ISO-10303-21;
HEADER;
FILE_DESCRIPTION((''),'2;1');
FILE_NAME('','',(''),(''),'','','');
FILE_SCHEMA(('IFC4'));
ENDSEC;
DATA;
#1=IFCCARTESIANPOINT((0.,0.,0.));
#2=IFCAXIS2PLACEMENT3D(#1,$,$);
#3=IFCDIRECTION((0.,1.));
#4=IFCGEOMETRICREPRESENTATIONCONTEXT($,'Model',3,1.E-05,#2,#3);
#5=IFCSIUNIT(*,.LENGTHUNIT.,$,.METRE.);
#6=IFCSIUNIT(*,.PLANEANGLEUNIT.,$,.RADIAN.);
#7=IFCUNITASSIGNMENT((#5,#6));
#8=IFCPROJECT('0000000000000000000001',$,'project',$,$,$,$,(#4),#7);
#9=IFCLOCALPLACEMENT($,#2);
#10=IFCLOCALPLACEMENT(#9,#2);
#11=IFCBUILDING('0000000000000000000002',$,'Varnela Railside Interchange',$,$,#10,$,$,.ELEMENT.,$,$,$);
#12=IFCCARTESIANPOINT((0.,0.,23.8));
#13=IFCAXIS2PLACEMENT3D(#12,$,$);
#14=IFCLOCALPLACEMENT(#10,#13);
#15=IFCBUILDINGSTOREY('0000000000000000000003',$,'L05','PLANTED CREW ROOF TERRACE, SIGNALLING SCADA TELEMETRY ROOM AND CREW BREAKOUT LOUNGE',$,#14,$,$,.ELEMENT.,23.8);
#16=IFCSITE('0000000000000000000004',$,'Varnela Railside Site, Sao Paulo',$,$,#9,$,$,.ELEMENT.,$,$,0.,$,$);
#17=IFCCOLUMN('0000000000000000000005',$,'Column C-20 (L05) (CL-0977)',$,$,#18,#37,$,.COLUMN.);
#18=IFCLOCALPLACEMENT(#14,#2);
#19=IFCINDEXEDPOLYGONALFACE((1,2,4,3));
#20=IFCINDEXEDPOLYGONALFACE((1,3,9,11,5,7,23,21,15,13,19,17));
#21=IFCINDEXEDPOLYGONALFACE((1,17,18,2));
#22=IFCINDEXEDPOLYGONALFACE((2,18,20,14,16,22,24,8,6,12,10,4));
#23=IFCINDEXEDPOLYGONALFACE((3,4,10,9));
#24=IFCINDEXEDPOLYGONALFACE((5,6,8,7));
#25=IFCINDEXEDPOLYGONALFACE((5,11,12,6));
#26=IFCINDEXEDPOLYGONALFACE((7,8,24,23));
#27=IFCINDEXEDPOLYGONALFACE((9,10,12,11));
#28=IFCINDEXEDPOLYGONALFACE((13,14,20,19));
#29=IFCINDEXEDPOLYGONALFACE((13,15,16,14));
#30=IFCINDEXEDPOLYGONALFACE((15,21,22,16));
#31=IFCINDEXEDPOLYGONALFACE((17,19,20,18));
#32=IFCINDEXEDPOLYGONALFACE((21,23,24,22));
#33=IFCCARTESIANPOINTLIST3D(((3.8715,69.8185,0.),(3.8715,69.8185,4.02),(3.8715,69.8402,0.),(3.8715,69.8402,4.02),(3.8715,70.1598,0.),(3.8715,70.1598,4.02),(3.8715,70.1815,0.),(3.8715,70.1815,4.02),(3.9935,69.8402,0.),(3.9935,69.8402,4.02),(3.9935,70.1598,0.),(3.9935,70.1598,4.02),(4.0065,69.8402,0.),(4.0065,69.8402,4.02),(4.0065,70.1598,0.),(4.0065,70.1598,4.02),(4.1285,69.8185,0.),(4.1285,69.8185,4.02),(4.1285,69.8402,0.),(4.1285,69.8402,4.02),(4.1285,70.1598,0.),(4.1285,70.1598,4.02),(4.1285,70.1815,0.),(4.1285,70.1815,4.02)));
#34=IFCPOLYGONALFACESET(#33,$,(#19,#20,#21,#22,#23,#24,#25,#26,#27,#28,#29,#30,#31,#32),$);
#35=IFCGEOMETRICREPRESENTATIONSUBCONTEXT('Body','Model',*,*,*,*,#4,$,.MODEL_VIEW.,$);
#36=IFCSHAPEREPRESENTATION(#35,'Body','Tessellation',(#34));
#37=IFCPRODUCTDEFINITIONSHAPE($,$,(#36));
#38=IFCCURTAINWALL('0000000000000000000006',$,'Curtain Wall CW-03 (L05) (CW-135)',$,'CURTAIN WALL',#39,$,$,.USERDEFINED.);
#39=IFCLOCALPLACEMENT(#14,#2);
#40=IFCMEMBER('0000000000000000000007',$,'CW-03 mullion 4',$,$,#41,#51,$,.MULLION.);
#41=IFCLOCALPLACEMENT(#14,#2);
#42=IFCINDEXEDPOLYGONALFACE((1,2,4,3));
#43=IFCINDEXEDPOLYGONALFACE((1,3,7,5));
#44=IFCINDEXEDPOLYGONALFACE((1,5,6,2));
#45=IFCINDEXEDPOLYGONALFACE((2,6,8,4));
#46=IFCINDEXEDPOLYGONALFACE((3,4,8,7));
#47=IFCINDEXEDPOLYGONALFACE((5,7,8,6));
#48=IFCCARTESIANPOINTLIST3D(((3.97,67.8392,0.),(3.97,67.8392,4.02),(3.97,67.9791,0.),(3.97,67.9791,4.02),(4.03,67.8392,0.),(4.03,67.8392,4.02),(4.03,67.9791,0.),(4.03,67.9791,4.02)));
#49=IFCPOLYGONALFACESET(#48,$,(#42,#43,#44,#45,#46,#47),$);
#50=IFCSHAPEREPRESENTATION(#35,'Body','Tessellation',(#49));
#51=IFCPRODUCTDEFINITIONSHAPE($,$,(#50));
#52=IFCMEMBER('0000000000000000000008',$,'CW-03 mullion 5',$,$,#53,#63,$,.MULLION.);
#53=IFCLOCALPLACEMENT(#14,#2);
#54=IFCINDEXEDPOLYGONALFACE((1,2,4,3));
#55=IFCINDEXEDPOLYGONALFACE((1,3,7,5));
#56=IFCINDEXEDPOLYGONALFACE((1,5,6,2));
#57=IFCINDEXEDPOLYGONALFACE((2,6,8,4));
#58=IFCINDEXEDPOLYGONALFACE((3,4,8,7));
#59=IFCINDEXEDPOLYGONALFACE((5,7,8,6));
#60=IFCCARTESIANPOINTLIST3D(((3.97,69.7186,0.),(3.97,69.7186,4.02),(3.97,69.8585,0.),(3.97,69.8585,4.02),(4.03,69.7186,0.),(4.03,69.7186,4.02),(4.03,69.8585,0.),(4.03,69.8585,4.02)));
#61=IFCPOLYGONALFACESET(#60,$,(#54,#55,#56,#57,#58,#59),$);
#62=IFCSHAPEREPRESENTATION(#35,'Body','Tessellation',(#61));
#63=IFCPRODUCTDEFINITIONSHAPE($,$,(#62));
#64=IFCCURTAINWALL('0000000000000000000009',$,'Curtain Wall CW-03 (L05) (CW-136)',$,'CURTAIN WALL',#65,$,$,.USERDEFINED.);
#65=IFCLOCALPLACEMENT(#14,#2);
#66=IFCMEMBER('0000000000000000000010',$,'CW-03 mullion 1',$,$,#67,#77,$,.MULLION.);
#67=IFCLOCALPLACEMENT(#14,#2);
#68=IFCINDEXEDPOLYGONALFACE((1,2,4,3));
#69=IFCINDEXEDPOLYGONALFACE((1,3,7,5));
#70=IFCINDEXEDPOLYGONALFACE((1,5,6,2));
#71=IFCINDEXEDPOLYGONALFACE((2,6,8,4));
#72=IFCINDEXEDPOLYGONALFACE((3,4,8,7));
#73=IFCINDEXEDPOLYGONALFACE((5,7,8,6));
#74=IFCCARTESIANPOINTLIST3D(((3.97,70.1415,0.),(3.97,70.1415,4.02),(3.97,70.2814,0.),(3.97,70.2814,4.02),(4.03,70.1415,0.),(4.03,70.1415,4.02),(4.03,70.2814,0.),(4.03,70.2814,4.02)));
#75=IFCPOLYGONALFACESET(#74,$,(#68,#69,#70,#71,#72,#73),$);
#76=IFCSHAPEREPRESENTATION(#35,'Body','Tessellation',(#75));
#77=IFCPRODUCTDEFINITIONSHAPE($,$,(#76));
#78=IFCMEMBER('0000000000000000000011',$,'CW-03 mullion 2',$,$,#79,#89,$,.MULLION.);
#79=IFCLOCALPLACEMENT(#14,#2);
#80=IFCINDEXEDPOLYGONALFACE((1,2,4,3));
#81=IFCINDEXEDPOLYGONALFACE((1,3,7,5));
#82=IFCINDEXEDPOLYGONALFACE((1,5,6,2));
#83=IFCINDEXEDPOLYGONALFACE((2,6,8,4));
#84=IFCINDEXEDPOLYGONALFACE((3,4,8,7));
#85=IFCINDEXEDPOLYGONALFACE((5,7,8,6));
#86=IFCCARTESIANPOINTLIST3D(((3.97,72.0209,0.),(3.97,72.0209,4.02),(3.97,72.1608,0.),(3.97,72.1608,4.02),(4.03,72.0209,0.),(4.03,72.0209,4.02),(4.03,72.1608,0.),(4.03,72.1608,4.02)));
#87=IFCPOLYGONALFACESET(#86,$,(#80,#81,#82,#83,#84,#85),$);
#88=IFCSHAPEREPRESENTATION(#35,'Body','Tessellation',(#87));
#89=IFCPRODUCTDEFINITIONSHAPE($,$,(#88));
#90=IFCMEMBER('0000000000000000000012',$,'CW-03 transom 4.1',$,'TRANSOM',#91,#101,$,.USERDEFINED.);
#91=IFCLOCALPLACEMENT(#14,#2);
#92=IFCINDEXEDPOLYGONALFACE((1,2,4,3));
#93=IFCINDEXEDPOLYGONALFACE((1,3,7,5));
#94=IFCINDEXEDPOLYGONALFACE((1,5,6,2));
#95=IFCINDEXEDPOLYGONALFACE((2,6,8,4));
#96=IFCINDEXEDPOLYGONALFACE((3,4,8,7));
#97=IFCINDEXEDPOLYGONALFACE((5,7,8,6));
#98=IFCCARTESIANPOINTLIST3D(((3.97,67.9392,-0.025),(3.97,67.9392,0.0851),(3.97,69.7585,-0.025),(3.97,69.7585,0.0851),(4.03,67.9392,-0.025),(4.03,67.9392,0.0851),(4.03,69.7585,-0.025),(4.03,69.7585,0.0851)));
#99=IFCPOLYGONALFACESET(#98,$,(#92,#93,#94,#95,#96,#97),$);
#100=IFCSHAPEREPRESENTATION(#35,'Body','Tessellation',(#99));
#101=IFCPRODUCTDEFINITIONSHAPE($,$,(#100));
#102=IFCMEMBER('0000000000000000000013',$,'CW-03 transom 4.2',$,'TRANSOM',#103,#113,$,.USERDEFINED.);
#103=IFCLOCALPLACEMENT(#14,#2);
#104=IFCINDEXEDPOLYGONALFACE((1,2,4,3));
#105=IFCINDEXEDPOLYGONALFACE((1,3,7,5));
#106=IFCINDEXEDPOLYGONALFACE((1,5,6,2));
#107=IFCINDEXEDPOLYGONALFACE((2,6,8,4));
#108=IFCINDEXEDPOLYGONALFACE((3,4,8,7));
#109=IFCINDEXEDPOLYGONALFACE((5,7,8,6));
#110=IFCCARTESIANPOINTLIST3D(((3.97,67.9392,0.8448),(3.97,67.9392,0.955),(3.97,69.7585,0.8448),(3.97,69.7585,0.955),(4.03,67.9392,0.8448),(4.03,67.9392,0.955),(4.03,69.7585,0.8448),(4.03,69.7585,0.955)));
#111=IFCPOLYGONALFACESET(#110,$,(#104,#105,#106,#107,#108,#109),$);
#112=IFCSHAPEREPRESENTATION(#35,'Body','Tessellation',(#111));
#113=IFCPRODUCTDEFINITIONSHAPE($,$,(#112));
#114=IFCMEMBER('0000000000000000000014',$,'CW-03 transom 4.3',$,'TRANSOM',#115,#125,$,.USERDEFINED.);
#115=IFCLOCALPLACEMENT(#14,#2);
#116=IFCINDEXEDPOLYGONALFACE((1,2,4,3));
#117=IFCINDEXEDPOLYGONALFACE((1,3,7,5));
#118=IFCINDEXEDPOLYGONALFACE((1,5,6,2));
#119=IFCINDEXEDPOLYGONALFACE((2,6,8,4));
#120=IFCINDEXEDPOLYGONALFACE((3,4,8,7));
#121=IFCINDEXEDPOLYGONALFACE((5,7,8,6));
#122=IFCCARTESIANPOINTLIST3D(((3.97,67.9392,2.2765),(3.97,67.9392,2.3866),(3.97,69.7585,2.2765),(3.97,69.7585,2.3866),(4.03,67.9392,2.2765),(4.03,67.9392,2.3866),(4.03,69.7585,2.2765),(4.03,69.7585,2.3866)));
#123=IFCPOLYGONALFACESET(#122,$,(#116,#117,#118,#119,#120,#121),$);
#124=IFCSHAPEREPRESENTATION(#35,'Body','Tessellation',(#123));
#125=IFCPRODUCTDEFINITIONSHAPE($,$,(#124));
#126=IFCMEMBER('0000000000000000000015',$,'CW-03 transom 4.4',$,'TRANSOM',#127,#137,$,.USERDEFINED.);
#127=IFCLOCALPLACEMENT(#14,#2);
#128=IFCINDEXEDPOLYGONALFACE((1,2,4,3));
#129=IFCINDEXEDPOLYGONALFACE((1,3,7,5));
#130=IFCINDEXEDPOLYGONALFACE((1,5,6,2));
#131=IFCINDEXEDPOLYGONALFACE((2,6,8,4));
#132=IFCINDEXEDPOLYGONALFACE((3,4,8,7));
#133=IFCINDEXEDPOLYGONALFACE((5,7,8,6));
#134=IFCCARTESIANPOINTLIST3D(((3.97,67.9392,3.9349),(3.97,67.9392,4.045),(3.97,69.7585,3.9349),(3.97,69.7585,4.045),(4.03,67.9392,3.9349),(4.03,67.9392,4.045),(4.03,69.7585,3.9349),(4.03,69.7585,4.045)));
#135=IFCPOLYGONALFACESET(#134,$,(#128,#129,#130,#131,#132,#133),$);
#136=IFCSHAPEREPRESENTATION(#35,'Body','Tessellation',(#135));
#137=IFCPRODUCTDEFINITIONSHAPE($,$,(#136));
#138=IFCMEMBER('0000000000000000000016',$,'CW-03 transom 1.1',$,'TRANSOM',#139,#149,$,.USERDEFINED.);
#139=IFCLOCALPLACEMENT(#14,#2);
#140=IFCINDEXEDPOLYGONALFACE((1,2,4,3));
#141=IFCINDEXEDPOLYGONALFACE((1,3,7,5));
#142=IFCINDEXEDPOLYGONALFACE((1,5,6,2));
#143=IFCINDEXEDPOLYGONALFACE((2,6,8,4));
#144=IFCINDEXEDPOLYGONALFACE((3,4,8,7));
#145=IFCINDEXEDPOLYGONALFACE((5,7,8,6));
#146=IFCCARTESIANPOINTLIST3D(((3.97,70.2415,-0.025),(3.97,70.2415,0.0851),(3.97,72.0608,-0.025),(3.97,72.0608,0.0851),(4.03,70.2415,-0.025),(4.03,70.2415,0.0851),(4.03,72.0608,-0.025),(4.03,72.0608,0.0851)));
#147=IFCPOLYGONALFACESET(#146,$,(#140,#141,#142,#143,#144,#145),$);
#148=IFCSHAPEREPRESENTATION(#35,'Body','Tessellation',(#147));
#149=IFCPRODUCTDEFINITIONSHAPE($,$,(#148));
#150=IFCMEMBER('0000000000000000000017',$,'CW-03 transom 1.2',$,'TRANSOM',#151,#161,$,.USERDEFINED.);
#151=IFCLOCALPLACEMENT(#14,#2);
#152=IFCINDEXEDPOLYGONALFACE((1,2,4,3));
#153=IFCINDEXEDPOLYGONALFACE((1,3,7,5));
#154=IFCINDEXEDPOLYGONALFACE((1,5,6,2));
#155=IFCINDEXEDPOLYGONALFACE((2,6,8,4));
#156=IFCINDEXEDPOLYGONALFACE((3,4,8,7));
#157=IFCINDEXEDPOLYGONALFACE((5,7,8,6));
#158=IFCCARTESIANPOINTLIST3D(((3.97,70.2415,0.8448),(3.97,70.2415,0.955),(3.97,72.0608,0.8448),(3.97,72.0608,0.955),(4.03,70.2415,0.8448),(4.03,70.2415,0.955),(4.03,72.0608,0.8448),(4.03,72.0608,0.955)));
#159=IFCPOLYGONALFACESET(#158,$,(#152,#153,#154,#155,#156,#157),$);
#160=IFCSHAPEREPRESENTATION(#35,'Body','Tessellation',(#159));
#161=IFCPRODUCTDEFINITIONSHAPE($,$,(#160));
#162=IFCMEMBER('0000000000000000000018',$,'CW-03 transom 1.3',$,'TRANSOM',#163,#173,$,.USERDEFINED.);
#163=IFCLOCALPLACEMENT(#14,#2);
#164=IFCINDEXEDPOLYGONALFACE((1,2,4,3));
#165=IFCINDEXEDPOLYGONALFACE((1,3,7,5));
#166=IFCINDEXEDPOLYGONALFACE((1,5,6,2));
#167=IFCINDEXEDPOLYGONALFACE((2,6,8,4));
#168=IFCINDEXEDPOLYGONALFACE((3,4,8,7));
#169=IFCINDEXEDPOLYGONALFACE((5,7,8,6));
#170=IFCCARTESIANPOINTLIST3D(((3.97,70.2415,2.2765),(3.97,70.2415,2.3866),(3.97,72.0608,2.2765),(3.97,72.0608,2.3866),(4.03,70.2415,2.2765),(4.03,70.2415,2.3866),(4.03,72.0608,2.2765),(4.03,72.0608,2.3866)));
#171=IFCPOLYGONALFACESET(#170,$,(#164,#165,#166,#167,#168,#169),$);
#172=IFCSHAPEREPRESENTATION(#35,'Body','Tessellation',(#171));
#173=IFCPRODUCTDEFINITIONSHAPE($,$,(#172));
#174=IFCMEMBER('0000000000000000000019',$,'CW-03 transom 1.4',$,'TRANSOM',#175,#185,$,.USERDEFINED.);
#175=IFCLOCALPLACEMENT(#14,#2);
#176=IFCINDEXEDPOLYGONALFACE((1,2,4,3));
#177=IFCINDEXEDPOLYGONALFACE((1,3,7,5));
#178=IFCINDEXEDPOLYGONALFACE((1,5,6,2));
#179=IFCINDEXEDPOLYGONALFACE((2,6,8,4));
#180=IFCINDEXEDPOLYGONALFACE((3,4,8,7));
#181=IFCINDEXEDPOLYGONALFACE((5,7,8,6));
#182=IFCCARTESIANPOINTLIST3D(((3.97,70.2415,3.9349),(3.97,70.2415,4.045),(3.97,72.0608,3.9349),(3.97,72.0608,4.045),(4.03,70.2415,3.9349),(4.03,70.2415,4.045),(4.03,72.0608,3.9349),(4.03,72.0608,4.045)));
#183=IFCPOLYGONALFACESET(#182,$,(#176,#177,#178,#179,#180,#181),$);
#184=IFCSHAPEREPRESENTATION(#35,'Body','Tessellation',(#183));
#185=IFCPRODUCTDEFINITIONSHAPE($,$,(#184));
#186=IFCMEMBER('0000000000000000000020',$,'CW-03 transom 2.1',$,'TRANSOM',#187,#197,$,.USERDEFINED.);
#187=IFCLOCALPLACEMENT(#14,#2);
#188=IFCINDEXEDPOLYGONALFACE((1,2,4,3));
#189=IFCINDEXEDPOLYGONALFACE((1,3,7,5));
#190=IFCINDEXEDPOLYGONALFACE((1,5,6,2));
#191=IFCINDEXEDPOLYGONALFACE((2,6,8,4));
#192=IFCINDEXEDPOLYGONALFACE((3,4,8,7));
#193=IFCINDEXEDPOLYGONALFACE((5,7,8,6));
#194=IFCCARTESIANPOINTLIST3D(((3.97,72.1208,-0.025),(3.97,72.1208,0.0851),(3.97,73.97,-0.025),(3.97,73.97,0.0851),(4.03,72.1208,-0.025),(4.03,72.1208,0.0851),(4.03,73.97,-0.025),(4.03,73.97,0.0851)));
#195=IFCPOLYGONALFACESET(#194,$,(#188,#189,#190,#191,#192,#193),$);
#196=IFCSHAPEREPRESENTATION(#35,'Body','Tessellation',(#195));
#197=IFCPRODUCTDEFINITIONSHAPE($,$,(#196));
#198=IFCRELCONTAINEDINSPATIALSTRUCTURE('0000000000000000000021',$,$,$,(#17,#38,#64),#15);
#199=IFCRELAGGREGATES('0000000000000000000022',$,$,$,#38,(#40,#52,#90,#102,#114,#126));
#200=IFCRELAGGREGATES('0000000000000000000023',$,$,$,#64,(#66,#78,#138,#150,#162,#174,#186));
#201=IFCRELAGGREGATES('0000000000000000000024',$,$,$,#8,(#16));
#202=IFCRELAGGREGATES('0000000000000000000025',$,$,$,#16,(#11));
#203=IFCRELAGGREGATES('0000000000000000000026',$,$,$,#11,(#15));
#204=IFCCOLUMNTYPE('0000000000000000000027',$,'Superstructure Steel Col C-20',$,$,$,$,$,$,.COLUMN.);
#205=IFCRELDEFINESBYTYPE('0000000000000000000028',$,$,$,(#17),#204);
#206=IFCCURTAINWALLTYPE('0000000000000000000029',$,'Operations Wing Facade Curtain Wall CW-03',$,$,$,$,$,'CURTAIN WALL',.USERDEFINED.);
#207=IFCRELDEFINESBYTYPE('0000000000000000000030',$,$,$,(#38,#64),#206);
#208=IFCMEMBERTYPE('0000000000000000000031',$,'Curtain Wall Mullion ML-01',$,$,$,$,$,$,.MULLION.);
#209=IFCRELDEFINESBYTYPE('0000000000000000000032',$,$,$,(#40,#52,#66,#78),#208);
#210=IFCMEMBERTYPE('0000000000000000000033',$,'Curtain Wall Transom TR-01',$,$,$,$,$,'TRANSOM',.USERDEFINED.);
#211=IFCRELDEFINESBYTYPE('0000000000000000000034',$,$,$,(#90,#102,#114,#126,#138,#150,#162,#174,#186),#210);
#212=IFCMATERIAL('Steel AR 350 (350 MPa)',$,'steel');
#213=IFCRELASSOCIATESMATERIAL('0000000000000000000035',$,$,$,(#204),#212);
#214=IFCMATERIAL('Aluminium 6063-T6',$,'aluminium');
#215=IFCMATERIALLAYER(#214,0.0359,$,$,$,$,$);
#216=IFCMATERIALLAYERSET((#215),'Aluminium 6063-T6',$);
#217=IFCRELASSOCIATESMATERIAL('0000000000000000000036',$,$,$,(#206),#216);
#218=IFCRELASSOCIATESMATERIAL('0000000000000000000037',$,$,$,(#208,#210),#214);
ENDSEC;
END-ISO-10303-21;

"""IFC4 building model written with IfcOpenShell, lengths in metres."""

from ifc_helpers import new_model, si_unit, direction, frame, origin, origin_2d, place, context, subcontext, project, spatial, rectangle, i_section, extrude, material, layer, layer_set, material_profile, profile_set, type_object, element, aggregate, save


model = new_model("IFC4")

# Units and contexts
model_context = context("Model", 3, precision=1e-05, world=origin(), true_north=direction((0.0, 1.0)))
body_context = subcontext(model_context, "Body", "Model", "MODEL_VIEW")
ifc_project = project(units=[si_unit("LENGTHUNIT", "METRE"), si_unit("PLANEANGLEUNIT", "RADIAN")], contexts=[model_context])

# Site, building, storey
site_placement = place(None, origin())
site = spatial("IfcSite", under=ifc_project, at=site_placement, Name="Varnela Railside Site, Sao Paulo", CompositionType="ELEMENT", RefElevation=0.0)
building_placement = place(site_placement, origin())
building = spatial("IfcBuilding", under=site, at=building_placement, Name="Varnela Railside Interchange", CompositionType="ELEMENT")
storey_placement = place(building_placement, frame((0.0, 0.0, 23.8)))
storey = spatial("IfcBuildingStorey", under=building, at=storey_placement, Name="L05", Description="PLANTED CREW ROOF TERRACE, SIGNALLING SCADA TELEMETRY ROOM AND CREW BREAKOUT LOUNGE", CompositionType="ELEMENT", Elevation=23.8)

# Column
ifc_material_1 = material(Name="Steel AR 350 (350 MPa)", Category="steel")
ifc_material_profile_1 = material_profile(ifc_material_1, i_section(OverallWidth=0.2571, OverallDepth=0.363, WebThickness=0.0129, FlangeThickness=0.0217, at=origin_2d()), Name="W360x122")
ifc_profile_set_1 = profile_set([ifc_material_profile_1], Name="Steel AR 350 (350 MPa)")
column_type = type_object("IfcColumnType", Name="Superstructure Steel Col C-20", PredefinedType="COLUMN", material=ifc_profile_set_1)
column_placement = place(storey_placement, frame((4.0, 70.0, 0.0), z_axis=(0.0, 0.0, 1.0), x_axis=(1.0, 0.0, 0.0)))
element("IfcColumn", 1, at=column_placement, inside=storey, type_object=column_type, Name="Column C-20 (L05) (CL-0977)", PredefinedType="COLUMN", context=body_context, shape_type="SweptSolid", body=[
    extrude(i_section(OverallWidth=0.2571, OverallDepth=0.363, WebThickness=0.0129, FlangeThickness=0.0217, at=origin_2d()), origin(), (0.0, 0.0, 1.0), 4.02),
])

# Curtain walls, members
ifc_material_2 = material(Name="Aluminium 6063-T6", Category="aluminium")
ifc_layer_1 = layer(ifc_material_2, 0.0359)
ifc_layer_set_1 = layer_set([ifc_layer_1], Name="Aluminium 6063-T6")
curtain_wall_type = type_object("IfcCurtainWallType", Name="Operations Wing Facade Curtain Wall CW-03", ElementType="CURTAIN WALL", PredefinedType="USERDEFINED", material=ifc_layer_set_1)
curtain_wall_1_placement = place(storey_placement, origin())
curtain_wall_1 = element("IfcCurtainWall", 2, at=curtain_wall_1_placement, inside=storey, type_object=curtain_wall_type, Name="Curtain Wall CW-03 (L05) (CW-135)", ObjectType="CURTAIN WALL", PredefinedType="USERDEFINED")
ifc_material_profile_2 = material_profile(ifc_material_2, rectangle(XDim=0.0601, YDim=0.1399, at=origin_2d()), Name="ALU 60x140")
ifc_profile_set_2 = profile_set([ifc_material_profile_2], Name="Aluminium 6063-T6")
member_type_1 = type_object("IfcMemberType", Name="Curtain Wall Mullion ML-01", PredefinedType="MULLION", material=ifc_profile_set_2)
member_1_placement = place(storey_placement, frame((4.0, 67.9092, 0.0), z_axis=(0.0, 0.0, 1.0), x_axis=(-1.0, 0.0, 0.0)))
member_1 = element("IfcMember", 3, at=member_1_placement, type_object=member_type_1, Name="CW-03 mullion 4", PredefinedType="MULLION", context=body_context, shape_type="SweptSolid", body=[
    extrude(rectangle(XDim=0.0601, YDim=0.1399, at=origin_2d()), origin(), (0.0, 0.0, 1.0), 4.02),
])
member_2_placement = place(storey_placement, frame((4.0, 69.7886, 0.0), z_axis=(0.0, 0.0, 1.0), x_axis=(-1.0, 0.0, 0.0)))
member_2 = element("IfcMember", 4, at=member_2_placement, type_object=member_type_1, Name="CW-03 mullion 5", PredefinedType="MULLION", context=body_context, shape_type="SweptSolid", body=[
    extrude(rectangle(XDim=0.0601, YDim=0.1399, at=origin_2d()), origin(), (0.0, 0.0, 1.0), 4.02),
])
curtain_wall_2_placement = place(storey_placement, origin())
curtain_wall_2 = element("IfcCurtainWall", 5, at=curtain_wall_2_placement, inside=storey, type_object=curtain_wall_type, Name="Curtain Wall CW-03 (L05) (CW-136)", ObjectType="CURTAIN WALL", PredefinedType="USERDEFINED")
member_3_placement = place(storey_placement, frame((4.0, 70.2114, 0.0), z_axis=(0.0, 0.0, 1.0), x_axis=(-1.0, 0.0, 0.0)))
member_3 = element("IfcMember", 6, at=member_3_placement, type_object=member_type_1, Name="CW-03 mullion 1", PredefinedType="MULLION", context=body_context, shape_type="SweptSolid", body=[
    extrude(rectangle(XDim=0.0601, YDim=0.1399, at=origin_2d()), origin(), (0.0, 0.0, 1.0), 4.02),
])
member_4_placement = place(storey_placement, frame((4.0, 72.0908, 0.0), z_axis=(0.0, 0.0, 1.0), x_axis=(-1.0, 0.0, 0.0)))
member_4 = element("IfcMember", 7, at=member_4_placement, type_object=member_type_1, Name="CW-03 mullion 2", PredefinedType="MULLION", context=body_context, shape_type="SweptSolid", body=[
    extrude(rectangle(XDim=0.0601, YDim=0.1399, at=origin_2d()), origin(), (0.0, 0.0, 1.0), 4.02),
])

# Members
ifc_material_profile_3 = material_profile(ifc_material_2, rectangle(XDim=0.0601, YDim=0.1101, at=origin_2d()), Name="ALU 60x110")
ifc_profile_set_3 = profile_set([ifc_material_profile_3], Name="Aluminium 6063-T6")
member_type_2 = type_object("IfcMemberType", Name="Curtain Wall Transom TR-01", ElementType="TRANSOM", PredefinedType="USERDEFINED", material=ifc_profile_set_3)
member_5_placement = place(storey_placement, frame((4.0, 67.9392, 0.03), z_axis=(0.0, 1.0, 0.0), x_axis=(-1.0, 0.0, 0.0)))
member_5 = element("IfcMember", 8, at=member_5_placement, type_object=member_type_2, Name="CW-03 transom 4.1", ObjectType="TRANSOM", PredefinedType="USERDEFINED", context=body_context, shape_type="SweptSolid", body=[
    extrude(rectangle(XDim=0.0601, YDim=0.1101, at=origin_2d()), origin(), (0.0, 0.0, 1.0), 1.8193),
])
member_6_placement = place(storey_placement, frame((4.0, 67.9392, 0.8999), z_axis=(0.0, 1.0, 0.0), x_axis=(-1.0, 0.0, 0.0)))
member_6 = element("IfcMember", 9, at=member_6_placement, type_object=member_type_2, Name="CW-03 transom 4.2", ObjectType="TRANSOM", PredefinedType="USERDEFINED", context=body_context, shape_type="SweptSolid", body=[
    extrude(rectangle(XDim=0.0601, YDim=0.1101, at=origin_2d()), origin(), (0.0, 0.0, 1.0), 1.8193),
])
member_7_placement = place(storey_placement, frame((4.0, 67.9392, 2.3315), z_axis=(0.0, 1.0, 0.0), x_axis=(-1.0, 0.0, 0.0)))
member_7 = element("IfcMember", 10, at=member_7_placement, type_object=member_type_2, Name="CW-03 transom 4.3", ObjectType="TRANSOM", PredefinedType="USERDEFINED", context=body_context, shape_type="SweptSolid", body=[
    extrude(rectangle(XDim=0.0601, YDim=0.1101, at=origin_2d()), origin(), (0.0, 0.0, 1.0), 1.8193),
])
member_8_placement = place(storey_placement, frame((4.0, 67.9392, 3.99), z_axis=(0.0, 1.0, 0.0), x_axis=(-1.0, 0.0, 0.0)))
member_8 = element("IfcMember", 11, at=member_8_placement, type_object=member_type_2, Name="CW-03 transom 4.4", ObjectType="TRANSOM", PredefinedType="USERDEFINED", context=body_context, shape_type="SweptSolid", body=[
    extrude(rectangle(XDim=0.0601, YDim=0.1101, at=origin_2d()), origin(), (0.0, 0.0, 1.0), 1.8193),
])
member_9_placement = place(storey_placement, frame((4.0, 70.2415, 0.03), z_axis=(0.0, 1.0, 0.0), x_axis=(-1.0, 0.0, 0.0)))
member_9 = element("IfcMember", 12, at=member_9_placement, type_object=member_type_2, Name="CW-03 transom 1.1", ObjectType="TRANSOM", PredefinedType="USERDEFINED", context=body_context, shape_type="SweptSolid", body=[
    extrude(rectangle(XDim=0.0601, YDim=0.1101, at=origin_2d()), origin(), (0.0, 0.0, 1.0), 1.8193),
])
member_10_placement = place(storey_placement, frame((4.0, 70.2415, 0.8999), z_axis=(0.0, 1.0, 0.0), x_axis=(-1.0, 0.0, 0.0)))
member_10 = element("IfcMember", 13, at=member_10_placement, type_object=member_type_2, Name="CW-03 transom 1.2", ObjectType="TRANSOM", PredefinedType="USERDEFINED", context=body_context, shape_type="SweptSolid", body=[
    extrude(rectangle(XDim=0.0601, YDim=0.1101, at=origin_2d()), origin(), (0.0, 0.0, 1.0), 1.8193),
])
member_11_placement = place(storey_placement, frame((4.0, 70.2415, 2.3315), z_axis=(0.0, 1.0, 0.0), x_axis=(-1.0, 0.0, 0.0)))
member_11 = element("IfcMember", 14, at=member_11_placement, type_object=member_type_2, Name="CW-03 transom 1.3", ObjectType="TRANSOM", PredefinedType="USERDEFINED", context=body_context, shape_type="SweptSolid", body=[
    extrude(rectangle(XDim=0.0601, YDim=0.1101, at=origin_2d()), origin(), (0.0, 0.0, 1.0), 1.8193),
])
member_12_placement = place(storey_placement, frame((4.0, 70.2415, 3.99), z_axis=(0.0, 1.0, 0.0), x_axis=(-1.0, 0.0, 0.0)))
member_12 = element("IfcMember", 15, at=member_12_placement, type_object=member_type_2, Name="CW-03 transom 1.4", ObjectType="TRANSOM", PredefinedType="USERDEFINED", context=body_context, shape_type="SweptSolid", body=[
    extrude(rectangle(XDim=0.0601, YDim=0.1101, at=origin_2d()), origin(), (0.0, 0.0, 1.0), 1.8193),
])
member_13_placement = place(storey_placement, frame((4.0, 72.1208, 0.03), z_axis=(0.0, 1.0, 0.0), x_axis=(-1.0, 0.0, 0.0)))
member_13 = element("IfcMember", 16, at=member_13_placement, type_object=member_type_2, Name="CW-03 transom 2.1", ObjectType="TRANSOM", PredefinedType="USERDEFINED", context=body_context, shape_type="SweptSolid", body=[
    extrude(rectangle(XDim=0.0601, YDim=0.1101, at=origin_2d()), origin(), (0.0, 0.0, 1.0), 1.8491),
])

aggregate(curtain_wall_1, [member_1, member_2, member_5, member_6, member_7, member_8])
aggregate(curtain_wall_2, [member_3, member_4, member_9, member_10, member_11, member_12, member_13])

save(model, "model.ifc")
